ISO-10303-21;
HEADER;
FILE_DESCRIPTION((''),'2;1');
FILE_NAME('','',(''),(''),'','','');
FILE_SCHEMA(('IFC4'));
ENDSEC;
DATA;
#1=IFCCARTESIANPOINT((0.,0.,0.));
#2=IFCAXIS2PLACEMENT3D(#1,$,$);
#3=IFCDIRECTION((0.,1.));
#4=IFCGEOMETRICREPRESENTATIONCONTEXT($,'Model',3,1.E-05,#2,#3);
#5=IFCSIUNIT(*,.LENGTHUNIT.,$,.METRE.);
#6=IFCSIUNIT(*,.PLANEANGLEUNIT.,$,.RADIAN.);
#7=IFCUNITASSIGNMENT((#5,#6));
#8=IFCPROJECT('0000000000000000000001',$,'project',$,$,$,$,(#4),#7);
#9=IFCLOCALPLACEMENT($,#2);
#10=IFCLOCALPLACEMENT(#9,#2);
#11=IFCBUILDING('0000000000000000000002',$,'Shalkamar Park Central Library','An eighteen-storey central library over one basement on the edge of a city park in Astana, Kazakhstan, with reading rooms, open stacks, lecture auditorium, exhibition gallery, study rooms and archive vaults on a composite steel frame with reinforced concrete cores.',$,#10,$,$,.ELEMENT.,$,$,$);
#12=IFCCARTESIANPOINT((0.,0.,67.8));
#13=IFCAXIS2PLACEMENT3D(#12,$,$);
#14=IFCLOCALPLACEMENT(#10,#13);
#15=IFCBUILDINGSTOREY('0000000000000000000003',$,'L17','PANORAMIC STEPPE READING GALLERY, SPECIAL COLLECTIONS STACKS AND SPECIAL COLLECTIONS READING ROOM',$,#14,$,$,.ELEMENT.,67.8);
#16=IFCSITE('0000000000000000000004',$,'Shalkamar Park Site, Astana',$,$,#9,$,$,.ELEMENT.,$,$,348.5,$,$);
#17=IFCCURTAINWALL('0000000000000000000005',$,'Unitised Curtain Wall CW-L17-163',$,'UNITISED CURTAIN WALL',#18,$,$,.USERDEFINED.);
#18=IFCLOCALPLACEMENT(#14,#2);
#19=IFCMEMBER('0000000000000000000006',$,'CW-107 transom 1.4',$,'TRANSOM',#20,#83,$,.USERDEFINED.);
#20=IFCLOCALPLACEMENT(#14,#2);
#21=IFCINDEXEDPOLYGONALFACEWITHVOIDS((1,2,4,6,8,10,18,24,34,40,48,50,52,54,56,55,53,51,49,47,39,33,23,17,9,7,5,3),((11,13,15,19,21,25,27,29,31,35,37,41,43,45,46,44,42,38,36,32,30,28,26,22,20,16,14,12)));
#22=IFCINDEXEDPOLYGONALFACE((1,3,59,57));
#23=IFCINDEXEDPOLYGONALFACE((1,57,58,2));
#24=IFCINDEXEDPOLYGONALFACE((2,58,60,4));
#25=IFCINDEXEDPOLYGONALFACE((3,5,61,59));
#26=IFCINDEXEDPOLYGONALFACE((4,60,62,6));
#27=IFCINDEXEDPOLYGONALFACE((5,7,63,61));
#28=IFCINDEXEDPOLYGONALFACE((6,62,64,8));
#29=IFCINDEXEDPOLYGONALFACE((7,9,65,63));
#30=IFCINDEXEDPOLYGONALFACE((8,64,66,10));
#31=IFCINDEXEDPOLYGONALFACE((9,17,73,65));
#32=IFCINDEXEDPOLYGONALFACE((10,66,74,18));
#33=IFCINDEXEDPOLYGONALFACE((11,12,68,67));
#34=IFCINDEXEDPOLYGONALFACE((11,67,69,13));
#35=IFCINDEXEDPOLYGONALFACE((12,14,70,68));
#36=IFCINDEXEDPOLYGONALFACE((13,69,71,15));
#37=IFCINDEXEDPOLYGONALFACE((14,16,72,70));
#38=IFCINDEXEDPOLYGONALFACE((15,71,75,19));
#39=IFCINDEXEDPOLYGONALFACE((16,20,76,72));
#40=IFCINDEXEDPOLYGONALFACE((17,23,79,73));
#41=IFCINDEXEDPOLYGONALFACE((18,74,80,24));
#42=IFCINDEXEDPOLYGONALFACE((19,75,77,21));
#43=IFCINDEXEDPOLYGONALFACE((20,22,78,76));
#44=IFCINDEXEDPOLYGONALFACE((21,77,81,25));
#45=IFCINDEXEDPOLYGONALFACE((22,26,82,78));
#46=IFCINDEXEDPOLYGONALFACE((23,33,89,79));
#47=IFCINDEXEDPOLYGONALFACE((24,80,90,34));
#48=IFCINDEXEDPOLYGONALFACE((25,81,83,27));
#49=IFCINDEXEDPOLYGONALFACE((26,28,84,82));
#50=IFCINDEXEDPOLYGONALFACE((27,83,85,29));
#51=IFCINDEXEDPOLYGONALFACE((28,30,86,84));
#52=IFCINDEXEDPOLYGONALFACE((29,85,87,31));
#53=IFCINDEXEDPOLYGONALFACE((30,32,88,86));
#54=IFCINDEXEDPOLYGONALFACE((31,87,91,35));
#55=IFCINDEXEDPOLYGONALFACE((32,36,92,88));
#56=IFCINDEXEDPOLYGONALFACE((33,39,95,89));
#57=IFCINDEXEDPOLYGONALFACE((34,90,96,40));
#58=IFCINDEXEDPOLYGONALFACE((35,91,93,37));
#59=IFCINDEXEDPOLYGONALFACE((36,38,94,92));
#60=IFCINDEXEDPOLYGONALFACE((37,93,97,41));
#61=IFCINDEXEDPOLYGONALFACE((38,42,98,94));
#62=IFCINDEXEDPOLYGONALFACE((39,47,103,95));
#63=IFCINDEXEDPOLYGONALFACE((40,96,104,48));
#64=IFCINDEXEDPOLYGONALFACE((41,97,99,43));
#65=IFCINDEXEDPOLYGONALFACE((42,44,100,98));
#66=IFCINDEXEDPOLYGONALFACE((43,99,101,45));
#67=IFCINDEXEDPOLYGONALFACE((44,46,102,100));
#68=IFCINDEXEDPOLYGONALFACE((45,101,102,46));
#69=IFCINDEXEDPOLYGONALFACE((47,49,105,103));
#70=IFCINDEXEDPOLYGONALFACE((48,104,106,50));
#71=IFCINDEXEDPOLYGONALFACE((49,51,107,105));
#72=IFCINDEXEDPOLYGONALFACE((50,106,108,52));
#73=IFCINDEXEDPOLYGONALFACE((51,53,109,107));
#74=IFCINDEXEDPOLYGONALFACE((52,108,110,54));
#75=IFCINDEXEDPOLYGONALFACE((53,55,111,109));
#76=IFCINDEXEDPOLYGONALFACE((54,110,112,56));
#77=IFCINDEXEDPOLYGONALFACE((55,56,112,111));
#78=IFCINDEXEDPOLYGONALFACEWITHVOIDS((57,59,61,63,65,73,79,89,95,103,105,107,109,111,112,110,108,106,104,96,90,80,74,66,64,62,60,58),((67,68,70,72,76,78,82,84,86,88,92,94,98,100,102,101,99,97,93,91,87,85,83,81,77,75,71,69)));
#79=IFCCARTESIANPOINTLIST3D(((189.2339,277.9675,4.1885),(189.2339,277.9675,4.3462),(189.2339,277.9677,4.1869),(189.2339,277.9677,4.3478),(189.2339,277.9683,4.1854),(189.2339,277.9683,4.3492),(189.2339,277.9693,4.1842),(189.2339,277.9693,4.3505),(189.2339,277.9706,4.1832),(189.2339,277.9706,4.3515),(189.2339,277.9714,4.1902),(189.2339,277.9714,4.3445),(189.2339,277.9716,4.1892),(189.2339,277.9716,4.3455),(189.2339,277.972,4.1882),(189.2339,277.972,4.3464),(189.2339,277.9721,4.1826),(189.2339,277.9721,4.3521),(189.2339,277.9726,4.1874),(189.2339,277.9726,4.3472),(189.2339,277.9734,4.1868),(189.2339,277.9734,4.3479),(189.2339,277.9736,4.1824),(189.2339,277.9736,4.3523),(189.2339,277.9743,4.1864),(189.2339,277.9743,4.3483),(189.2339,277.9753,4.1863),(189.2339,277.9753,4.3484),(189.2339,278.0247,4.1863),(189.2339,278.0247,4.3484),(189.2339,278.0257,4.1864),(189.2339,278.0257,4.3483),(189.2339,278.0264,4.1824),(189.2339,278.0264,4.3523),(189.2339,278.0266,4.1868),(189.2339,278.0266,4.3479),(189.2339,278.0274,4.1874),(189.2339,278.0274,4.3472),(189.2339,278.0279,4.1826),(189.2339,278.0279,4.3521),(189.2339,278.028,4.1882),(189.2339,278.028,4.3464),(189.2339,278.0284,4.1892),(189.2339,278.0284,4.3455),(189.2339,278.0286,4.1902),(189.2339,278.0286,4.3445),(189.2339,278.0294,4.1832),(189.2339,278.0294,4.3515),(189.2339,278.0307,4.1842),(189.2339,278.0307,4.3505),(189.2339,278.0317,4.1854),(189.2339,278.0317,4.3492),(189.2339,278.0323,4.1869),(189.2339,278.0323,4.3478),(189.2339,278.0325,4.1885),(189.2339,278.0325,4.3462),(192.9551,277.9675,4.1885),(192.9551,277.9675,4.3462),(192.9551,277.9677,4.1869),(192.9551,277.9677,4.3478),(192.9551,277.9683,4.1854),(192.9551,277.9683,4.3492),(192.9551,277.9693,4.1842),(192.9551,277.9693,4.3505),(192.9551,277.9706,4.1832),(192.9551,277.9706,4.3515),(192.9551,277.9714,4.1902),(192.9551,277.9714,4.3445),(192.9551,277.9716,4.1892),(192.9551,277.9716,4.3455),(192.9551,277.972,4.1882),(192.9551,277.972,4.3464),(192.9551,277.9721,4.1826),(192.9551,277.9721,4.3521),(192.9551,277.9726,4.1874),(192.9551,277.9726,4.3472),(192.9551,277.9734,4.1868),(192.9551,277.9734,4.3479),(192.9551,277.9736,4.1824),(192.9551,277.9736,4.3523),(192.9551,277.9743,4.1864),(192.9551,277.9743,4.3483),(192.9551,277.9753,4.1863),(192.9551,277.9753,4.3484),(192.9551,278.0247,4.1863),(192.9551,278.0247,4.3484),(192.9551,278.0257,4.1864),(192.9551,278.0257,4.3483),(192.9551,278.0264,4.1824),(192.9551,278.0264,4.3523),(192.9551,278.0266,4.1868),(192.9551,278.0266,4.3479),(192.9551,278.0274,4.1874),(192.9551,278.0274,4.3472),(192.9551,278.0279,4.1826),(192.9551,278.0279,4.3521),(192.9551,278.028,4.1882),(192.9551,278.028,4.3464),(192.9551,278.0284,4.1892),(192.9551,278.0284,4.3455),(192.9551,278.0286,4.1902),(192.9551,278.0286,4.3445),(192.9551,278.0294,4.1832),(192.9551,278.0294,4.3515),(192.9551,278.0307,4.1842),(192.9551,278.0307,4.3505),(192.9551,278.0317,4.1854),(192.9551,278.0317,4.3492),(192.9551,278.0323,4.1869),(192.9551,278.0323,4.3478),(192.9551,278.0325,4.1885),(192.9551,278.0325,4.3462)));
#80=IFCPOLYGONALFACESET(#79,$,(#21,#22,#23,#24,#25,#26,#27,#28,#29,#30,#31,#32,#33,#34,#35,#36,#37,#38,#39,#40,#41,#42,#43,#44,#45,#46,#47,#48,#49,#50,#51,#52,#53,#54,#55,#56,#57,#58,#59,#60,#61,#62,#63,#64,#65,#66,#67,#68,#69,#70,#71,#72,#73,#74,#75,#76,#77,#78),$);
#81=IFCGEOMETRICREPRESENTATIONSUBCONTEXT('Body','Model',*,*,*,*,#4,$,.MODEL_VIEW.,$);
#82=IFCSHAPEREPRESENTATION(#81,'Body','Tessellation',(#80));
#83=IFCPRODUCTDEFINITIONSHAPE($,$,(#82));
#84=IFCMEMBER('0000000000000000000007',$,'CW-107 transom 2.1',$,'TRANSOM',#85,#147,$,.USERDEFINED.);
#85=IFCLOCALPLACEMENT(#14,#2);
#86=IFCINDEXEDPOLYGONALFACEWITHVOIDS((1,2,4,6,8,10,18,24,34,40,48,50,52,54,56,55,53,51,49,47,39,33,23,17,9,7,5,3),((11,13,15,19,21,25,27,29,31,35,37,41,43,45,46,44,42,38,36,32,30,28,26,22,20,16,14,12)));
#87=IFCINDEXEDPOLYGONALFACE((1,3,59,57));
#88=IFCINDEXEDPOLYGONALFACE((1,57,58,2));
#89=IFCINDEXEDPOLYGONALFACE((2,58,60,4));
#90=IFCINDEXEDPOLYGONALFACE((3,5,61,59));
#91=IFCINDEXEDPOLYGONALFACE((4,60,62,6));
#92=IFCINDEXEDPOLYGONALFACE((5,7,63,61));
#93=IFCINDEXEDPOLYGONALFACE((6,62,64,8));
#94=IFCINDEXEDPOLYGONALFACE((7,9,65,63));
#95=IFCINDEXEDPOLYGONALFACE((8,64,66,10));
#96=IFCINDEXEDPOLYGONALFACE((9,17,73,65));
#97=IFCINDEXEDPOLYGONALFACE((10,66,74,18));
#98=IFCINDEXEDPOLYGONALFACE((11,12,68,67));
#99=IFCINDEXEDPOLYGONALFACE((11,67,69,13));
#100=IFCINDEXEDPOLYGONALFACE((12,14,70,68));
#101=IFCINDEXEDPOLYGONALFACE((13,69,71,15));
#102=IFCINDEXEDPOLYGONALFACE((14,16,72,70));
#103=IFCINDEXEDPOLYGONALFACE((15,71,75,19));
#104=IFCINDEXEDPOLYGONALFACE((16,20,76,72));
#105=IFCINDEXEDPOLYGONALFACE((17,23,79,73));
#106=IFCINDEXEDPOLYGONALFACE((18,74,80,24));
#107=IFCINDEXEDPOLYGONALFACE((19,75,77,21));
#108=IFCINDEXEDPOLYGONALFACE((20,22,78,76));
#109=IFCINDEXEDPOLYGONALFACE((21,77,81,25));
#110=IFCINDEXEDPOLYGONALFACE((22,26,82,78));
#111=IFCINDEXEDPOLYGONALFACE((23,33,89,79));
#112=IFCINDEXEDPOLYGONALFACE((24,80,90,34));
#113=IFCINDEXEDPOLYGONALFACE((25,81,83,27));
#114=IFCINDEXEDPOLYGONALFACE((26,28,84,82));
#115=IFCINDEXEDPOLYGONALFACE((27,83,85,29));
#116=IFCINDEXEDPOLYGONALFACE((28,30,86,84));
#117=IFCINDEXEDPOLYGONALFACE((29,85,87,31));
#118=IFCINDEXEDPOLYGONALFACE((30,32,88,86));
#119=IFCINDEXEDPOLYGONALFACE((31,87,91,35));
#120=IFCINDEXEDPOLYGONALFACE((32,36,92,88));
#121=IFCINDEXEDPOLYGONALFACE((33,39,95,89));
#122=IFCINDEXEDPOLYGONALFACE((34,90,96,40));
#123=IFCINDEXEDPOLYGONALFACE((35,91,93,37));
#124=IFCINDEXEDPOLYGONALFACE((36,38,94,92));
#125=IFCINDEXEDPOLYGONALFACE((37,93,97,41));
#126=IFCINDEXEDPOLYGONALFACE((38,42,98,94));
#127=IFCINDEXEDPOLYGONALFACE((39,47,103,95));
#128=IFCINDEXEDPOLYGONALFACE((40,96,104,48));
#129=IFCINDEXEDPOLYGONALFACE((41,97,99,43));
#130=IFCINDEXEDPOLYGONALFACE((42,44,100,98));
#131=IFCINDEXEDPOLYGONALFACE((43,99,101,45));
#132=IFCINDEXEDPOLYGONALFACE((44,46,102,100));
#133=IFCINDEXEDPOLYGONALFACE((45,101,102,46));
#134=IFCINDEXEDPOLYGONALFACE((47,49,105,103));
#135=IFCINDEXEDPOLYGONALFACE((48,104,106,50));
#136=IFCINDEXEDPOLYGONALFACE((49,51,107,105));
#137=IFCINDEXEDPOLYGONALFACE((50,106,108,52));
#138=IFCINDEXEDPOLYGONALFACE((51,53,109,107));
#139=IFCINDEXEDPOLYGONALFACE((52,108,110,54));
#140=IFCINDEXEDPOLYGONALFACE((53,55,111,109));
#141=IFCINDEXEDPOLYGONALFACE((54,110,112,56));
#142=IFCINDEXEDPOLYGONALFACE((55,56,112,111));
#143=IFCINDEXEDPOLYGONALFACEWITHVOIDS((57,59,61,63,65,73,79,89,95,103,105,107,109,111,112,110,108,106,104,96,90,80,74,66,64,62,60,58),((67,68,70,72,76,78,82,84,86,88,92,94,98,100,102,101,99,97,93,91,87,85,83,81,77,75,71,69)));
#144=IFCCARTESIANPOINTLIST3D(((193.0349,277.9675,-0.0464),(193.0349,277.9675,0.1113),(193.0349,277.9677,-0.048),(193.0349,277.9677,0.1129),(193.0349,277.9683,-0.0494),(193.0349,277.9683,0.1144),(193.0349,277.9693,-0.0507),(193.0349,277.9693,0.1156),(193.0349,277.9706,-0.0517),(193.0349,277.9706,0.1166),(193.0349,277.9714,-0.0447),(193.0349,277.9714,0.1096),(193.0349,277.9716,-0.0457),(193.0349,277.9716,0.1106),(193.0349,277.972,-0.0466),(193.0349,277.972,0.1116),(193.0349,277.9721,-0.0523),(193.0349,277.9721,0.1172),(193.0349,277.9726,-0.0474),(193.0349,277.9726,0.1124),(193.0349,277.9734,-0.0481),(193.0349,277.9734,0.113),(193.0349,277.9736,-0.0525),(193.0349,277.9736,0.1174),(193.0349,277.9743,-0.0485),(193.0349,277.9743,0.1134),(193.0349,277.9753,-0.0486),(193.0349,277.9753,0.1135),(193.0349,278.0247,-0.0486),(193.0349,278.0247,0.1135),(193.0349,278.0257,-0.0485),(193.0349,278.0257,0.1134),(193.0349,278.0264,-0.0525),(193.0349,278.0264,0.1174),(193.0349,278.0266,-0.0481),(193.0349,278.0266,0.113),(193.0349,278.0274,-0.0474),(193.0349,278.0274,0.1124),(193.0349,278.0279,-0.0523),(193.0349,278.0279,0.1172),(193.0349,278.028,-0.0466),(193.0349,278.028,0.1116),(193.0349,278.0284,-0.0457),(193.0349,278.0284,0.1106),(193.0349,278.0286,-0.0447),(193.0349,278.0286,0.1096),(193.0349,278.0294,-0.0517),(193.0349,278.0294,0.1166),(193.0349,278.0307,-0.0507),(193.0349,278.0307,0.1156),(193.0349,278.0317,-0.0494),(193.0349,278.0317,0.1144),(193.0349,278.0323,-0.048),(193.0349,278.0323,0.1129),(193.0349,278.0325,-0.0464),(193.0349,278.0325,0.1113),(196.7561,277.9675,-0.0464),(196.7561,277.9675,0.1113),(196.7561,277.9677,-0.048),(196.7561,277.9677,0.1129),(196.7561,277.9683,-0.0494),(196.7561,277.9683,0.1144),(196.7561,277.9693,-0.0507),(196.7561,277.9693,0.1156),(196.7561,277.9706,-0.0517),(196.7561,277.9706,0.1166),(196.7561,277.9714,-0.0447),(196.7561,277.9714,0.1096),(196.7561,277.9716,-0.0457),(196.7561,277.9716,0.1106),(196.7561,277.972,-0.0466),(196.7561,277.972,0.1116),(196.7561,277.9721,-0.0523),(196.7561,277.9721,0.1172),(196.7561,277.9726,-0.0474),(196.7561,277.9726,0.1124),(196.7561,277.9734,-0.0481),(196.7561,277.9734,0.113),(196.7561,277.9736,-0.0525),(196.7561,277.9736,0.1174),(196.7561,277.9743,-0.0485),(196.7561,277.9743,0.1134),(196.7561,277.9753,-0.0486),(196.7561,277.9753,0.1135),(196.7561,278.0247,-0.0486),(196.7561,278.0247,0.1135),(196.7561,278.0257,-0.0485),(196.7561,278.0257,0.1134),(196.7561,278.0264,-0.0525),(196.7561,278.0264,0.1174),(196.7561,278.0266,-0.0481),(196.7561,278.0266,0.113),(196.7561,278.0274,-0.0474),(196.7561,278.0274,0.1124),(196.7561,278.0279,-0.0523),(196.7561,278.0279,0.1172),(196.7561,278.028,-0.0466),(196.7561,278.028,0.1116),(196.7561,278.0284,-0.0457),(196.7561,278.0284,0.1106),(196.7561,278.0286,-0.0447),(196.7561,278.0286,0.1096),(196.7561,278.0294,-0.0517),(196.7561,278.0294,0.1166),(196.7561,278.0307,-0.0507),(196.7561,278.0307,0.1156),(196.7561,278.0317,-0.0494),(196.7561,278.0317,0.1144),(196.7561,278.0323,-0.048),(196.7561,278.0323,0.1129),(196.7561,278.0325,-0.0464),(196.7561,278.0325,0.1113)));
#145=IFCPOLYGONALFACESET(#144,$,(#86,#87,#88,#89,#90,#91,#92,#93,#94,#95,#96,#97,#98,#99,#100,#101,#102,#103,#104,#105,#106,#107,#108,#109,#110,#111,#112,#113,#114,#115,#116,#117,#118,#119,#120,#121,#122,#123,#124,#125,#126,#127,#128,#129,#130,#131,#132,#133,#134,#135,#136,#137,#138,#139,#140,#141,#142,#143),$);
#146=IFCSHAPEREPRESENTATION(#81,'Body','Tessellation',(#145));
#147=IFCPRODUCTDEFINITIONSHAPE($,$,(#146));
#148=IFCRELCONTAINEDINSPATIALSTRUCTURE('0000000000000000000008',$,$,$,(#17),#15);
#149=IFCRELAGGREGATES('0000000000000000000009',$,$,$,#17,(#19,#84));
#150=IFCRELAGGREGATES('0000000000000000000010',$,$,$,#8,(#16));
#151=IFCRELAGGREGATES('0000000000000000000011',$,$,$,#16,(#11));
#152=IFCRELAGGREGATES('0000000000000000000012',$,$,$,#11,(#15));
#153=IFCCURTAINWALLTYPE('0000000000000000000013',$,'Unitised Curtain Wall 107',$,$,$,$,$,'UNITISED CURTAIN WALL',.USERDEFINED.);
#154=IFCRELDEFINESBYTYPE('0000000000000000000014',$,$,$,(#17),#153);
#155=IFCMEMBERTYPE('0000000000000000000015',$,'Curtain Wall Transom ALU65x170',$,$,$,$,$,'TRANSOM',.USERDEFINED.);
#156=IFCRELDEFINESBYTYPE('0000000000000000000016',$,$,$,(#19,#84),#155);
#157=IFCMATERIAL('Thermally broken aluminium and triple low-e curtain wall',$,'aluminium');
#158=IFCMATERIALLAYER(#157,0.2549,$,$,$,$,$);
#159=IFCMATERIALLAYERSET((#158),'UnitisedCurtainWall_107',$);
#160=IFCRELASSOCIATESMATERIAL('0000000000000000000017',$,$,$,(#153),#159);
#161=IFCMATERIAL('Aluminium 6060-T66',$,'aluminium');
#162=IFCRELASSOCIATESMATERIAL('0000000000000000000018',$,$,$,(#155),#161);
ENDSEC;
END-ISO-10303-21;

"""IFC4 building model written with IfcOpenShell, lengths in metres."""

from ifc_helpers import new_model, si_unit, direction, frame, origin, origin_2d, place, context, subcontext, project, spatial, hollow_rectangle, extrude, material, layer, layer_set, material_profile, profile_set, type_object, element, aggregate, save


model = new_model("IFC4")

# Units and contexts
model_context = context("Model", 3, precision=1e-05, world=origin(), true_north=direction((0.0, 1.0)))
body_context = subcontext(model_context, "Body", "Model", "MODEL_VIEW")
ifc_project = project(units=[si_unit("LENGTHUNIT", "METRE"), si_unit("PLANEANGLEUNIT", "RADIAN")], contexts=[model_context])

# Site, building, storey
site_placement = place(None, origin())
site = spatial("IfcSite", under=ifc_project, at=site_placement, Name="Shalkamar Park Site, Astana", CompositionType="ELEMENT", RefElevation=348.5)
building_placement = place(site_placement, origin())
building = spatial("IfcBuilding", under=site, at=building_placement, Name="Shalkamar Park Central Library", Description="An eighteen-storey central library over one basement on the edge of a city park in Astana, Kazakhstan, with reading rooms, open stacks, lecture auditorium, exhibition gallery, study rooms and archive vaults on a composite steel frame with reinforced concrete cores.", CompositionType="ELEMENT")
storey_placement = place(building_placement, frame((0.0, 0.0, 67.8)))
storey = spatial("IfcBuildingStorey", under=building, at=storey_placement, Name="L17", Description="PANORAMIC STEPPE READING GALLERY, SPECIAL COLLECTIONS STACKS AND SPECIAL COLLECTIONS READING ROOM", CompositionType="ELEMENT", Elevation=67.8)

# Curtain wall, members
ifc_material_1 = material(Name="Thermally broken aluminium and triple low-e curtain wall", Category="aluminium")
ifc_layer_1 = layer(ifc_material_1, 0.2549)
ifc_layer_set_1 = layer_set([ifc_layer_1], Name="UnitisedCurtainWall_107")
curtain_wall_type = type_object("IfcCurtainWallType", Name="Unitised Curtain Wall 107", ElementType="UNITISED CURTAIN WALL", PredefinedType="USERDEFINED", material=ifc_layer_set_1)
curtain_wall_placement = place(storey_placement, origin())
curtain_wall = element("IfcCurtainWall", 1, at=curtain_wall_placement, inside=storey, type_object=curtain_wall_type, Name="Unitised Curtain Wall CW-L17-163", ObjectType="UNITISED CURTAIN WALL", PredefinedType="USERDEFINED")
ifc_material_2 = material(Name="Aluminium 6060-T66", Category="aluminium")
ifc_material_profile_1 = material_profile(ifc_material_2, hollow_rectangle(XDim=0.0649, YDim=0.1699, WallThickness=0.0039, InnerFilletRadius=0.0039, OuterFilletRadius=0.0061, at=origin_2d()), Name="ALU 65x170x4")
ifc_profile_set_1 = profile_set([ifc_material_profile_1], Name="Aluminium 6060-T66")
member_type_1 = type_object("IfcMemberType", Name="Curtain Wall Transom ALU65x170", ElementType="TRANSOM", PredefinedType="USERDEFINED", material=ifc_profile_set_1)
member_1_placement = place(storey_placement, frame((189.2339, 278.0, 4.2673), z_axis=(1.0, 0.0, 0.0), x_axis=(0.0, 1.0, 0.0)))
member_1 = element("IfcMember", 2, at=member_1_placement, type_object=member_type_1, Name="CW-107 transom 1.4", ObjectType="TRANSOM", PredefinedType="USERDEFINED", context=body_context, shape_type="SweptSolid", body=[
    extrude(hollow_rectangle(XDim=0.0649, YDim=0.1699, WallThickness=0.0039, InnerFilletRadius=0.0039, OuterFilletRadius=0.0061, at=origin_2d()), origin(), (0.0, 0.0, 1.0), 3.7212),
])
member_2_placement = place(storey_placement, frame((193.0349, 278.0, 0.0325), z_axis=(1.0, 0.0, 0.0), x_axis=(0.0, 1.0, 0.0)))
member_2 = element("IfcMember", 3, at=member_2_placement, type_object=member_type_1, Name="CW-107 transom 2.1", ObjectType="TRANSOM", PredefinedType="USERDEFINED", context=body_context, shape_type="SweptSolid", body=[
    extrude(hollow_rectangle(XDim=0.0649, YDim=0.1699, WallThickness=0.0039, InnerFilletRadius=0.0039, OuterFilletRadius=0.0061, at=origin_2d()), origin(), (0.0, 0.0, 1.0), 3.7212),
])

aggregate(curtain_wall, [member_1, member_2])

save(model, "model.ifc")
